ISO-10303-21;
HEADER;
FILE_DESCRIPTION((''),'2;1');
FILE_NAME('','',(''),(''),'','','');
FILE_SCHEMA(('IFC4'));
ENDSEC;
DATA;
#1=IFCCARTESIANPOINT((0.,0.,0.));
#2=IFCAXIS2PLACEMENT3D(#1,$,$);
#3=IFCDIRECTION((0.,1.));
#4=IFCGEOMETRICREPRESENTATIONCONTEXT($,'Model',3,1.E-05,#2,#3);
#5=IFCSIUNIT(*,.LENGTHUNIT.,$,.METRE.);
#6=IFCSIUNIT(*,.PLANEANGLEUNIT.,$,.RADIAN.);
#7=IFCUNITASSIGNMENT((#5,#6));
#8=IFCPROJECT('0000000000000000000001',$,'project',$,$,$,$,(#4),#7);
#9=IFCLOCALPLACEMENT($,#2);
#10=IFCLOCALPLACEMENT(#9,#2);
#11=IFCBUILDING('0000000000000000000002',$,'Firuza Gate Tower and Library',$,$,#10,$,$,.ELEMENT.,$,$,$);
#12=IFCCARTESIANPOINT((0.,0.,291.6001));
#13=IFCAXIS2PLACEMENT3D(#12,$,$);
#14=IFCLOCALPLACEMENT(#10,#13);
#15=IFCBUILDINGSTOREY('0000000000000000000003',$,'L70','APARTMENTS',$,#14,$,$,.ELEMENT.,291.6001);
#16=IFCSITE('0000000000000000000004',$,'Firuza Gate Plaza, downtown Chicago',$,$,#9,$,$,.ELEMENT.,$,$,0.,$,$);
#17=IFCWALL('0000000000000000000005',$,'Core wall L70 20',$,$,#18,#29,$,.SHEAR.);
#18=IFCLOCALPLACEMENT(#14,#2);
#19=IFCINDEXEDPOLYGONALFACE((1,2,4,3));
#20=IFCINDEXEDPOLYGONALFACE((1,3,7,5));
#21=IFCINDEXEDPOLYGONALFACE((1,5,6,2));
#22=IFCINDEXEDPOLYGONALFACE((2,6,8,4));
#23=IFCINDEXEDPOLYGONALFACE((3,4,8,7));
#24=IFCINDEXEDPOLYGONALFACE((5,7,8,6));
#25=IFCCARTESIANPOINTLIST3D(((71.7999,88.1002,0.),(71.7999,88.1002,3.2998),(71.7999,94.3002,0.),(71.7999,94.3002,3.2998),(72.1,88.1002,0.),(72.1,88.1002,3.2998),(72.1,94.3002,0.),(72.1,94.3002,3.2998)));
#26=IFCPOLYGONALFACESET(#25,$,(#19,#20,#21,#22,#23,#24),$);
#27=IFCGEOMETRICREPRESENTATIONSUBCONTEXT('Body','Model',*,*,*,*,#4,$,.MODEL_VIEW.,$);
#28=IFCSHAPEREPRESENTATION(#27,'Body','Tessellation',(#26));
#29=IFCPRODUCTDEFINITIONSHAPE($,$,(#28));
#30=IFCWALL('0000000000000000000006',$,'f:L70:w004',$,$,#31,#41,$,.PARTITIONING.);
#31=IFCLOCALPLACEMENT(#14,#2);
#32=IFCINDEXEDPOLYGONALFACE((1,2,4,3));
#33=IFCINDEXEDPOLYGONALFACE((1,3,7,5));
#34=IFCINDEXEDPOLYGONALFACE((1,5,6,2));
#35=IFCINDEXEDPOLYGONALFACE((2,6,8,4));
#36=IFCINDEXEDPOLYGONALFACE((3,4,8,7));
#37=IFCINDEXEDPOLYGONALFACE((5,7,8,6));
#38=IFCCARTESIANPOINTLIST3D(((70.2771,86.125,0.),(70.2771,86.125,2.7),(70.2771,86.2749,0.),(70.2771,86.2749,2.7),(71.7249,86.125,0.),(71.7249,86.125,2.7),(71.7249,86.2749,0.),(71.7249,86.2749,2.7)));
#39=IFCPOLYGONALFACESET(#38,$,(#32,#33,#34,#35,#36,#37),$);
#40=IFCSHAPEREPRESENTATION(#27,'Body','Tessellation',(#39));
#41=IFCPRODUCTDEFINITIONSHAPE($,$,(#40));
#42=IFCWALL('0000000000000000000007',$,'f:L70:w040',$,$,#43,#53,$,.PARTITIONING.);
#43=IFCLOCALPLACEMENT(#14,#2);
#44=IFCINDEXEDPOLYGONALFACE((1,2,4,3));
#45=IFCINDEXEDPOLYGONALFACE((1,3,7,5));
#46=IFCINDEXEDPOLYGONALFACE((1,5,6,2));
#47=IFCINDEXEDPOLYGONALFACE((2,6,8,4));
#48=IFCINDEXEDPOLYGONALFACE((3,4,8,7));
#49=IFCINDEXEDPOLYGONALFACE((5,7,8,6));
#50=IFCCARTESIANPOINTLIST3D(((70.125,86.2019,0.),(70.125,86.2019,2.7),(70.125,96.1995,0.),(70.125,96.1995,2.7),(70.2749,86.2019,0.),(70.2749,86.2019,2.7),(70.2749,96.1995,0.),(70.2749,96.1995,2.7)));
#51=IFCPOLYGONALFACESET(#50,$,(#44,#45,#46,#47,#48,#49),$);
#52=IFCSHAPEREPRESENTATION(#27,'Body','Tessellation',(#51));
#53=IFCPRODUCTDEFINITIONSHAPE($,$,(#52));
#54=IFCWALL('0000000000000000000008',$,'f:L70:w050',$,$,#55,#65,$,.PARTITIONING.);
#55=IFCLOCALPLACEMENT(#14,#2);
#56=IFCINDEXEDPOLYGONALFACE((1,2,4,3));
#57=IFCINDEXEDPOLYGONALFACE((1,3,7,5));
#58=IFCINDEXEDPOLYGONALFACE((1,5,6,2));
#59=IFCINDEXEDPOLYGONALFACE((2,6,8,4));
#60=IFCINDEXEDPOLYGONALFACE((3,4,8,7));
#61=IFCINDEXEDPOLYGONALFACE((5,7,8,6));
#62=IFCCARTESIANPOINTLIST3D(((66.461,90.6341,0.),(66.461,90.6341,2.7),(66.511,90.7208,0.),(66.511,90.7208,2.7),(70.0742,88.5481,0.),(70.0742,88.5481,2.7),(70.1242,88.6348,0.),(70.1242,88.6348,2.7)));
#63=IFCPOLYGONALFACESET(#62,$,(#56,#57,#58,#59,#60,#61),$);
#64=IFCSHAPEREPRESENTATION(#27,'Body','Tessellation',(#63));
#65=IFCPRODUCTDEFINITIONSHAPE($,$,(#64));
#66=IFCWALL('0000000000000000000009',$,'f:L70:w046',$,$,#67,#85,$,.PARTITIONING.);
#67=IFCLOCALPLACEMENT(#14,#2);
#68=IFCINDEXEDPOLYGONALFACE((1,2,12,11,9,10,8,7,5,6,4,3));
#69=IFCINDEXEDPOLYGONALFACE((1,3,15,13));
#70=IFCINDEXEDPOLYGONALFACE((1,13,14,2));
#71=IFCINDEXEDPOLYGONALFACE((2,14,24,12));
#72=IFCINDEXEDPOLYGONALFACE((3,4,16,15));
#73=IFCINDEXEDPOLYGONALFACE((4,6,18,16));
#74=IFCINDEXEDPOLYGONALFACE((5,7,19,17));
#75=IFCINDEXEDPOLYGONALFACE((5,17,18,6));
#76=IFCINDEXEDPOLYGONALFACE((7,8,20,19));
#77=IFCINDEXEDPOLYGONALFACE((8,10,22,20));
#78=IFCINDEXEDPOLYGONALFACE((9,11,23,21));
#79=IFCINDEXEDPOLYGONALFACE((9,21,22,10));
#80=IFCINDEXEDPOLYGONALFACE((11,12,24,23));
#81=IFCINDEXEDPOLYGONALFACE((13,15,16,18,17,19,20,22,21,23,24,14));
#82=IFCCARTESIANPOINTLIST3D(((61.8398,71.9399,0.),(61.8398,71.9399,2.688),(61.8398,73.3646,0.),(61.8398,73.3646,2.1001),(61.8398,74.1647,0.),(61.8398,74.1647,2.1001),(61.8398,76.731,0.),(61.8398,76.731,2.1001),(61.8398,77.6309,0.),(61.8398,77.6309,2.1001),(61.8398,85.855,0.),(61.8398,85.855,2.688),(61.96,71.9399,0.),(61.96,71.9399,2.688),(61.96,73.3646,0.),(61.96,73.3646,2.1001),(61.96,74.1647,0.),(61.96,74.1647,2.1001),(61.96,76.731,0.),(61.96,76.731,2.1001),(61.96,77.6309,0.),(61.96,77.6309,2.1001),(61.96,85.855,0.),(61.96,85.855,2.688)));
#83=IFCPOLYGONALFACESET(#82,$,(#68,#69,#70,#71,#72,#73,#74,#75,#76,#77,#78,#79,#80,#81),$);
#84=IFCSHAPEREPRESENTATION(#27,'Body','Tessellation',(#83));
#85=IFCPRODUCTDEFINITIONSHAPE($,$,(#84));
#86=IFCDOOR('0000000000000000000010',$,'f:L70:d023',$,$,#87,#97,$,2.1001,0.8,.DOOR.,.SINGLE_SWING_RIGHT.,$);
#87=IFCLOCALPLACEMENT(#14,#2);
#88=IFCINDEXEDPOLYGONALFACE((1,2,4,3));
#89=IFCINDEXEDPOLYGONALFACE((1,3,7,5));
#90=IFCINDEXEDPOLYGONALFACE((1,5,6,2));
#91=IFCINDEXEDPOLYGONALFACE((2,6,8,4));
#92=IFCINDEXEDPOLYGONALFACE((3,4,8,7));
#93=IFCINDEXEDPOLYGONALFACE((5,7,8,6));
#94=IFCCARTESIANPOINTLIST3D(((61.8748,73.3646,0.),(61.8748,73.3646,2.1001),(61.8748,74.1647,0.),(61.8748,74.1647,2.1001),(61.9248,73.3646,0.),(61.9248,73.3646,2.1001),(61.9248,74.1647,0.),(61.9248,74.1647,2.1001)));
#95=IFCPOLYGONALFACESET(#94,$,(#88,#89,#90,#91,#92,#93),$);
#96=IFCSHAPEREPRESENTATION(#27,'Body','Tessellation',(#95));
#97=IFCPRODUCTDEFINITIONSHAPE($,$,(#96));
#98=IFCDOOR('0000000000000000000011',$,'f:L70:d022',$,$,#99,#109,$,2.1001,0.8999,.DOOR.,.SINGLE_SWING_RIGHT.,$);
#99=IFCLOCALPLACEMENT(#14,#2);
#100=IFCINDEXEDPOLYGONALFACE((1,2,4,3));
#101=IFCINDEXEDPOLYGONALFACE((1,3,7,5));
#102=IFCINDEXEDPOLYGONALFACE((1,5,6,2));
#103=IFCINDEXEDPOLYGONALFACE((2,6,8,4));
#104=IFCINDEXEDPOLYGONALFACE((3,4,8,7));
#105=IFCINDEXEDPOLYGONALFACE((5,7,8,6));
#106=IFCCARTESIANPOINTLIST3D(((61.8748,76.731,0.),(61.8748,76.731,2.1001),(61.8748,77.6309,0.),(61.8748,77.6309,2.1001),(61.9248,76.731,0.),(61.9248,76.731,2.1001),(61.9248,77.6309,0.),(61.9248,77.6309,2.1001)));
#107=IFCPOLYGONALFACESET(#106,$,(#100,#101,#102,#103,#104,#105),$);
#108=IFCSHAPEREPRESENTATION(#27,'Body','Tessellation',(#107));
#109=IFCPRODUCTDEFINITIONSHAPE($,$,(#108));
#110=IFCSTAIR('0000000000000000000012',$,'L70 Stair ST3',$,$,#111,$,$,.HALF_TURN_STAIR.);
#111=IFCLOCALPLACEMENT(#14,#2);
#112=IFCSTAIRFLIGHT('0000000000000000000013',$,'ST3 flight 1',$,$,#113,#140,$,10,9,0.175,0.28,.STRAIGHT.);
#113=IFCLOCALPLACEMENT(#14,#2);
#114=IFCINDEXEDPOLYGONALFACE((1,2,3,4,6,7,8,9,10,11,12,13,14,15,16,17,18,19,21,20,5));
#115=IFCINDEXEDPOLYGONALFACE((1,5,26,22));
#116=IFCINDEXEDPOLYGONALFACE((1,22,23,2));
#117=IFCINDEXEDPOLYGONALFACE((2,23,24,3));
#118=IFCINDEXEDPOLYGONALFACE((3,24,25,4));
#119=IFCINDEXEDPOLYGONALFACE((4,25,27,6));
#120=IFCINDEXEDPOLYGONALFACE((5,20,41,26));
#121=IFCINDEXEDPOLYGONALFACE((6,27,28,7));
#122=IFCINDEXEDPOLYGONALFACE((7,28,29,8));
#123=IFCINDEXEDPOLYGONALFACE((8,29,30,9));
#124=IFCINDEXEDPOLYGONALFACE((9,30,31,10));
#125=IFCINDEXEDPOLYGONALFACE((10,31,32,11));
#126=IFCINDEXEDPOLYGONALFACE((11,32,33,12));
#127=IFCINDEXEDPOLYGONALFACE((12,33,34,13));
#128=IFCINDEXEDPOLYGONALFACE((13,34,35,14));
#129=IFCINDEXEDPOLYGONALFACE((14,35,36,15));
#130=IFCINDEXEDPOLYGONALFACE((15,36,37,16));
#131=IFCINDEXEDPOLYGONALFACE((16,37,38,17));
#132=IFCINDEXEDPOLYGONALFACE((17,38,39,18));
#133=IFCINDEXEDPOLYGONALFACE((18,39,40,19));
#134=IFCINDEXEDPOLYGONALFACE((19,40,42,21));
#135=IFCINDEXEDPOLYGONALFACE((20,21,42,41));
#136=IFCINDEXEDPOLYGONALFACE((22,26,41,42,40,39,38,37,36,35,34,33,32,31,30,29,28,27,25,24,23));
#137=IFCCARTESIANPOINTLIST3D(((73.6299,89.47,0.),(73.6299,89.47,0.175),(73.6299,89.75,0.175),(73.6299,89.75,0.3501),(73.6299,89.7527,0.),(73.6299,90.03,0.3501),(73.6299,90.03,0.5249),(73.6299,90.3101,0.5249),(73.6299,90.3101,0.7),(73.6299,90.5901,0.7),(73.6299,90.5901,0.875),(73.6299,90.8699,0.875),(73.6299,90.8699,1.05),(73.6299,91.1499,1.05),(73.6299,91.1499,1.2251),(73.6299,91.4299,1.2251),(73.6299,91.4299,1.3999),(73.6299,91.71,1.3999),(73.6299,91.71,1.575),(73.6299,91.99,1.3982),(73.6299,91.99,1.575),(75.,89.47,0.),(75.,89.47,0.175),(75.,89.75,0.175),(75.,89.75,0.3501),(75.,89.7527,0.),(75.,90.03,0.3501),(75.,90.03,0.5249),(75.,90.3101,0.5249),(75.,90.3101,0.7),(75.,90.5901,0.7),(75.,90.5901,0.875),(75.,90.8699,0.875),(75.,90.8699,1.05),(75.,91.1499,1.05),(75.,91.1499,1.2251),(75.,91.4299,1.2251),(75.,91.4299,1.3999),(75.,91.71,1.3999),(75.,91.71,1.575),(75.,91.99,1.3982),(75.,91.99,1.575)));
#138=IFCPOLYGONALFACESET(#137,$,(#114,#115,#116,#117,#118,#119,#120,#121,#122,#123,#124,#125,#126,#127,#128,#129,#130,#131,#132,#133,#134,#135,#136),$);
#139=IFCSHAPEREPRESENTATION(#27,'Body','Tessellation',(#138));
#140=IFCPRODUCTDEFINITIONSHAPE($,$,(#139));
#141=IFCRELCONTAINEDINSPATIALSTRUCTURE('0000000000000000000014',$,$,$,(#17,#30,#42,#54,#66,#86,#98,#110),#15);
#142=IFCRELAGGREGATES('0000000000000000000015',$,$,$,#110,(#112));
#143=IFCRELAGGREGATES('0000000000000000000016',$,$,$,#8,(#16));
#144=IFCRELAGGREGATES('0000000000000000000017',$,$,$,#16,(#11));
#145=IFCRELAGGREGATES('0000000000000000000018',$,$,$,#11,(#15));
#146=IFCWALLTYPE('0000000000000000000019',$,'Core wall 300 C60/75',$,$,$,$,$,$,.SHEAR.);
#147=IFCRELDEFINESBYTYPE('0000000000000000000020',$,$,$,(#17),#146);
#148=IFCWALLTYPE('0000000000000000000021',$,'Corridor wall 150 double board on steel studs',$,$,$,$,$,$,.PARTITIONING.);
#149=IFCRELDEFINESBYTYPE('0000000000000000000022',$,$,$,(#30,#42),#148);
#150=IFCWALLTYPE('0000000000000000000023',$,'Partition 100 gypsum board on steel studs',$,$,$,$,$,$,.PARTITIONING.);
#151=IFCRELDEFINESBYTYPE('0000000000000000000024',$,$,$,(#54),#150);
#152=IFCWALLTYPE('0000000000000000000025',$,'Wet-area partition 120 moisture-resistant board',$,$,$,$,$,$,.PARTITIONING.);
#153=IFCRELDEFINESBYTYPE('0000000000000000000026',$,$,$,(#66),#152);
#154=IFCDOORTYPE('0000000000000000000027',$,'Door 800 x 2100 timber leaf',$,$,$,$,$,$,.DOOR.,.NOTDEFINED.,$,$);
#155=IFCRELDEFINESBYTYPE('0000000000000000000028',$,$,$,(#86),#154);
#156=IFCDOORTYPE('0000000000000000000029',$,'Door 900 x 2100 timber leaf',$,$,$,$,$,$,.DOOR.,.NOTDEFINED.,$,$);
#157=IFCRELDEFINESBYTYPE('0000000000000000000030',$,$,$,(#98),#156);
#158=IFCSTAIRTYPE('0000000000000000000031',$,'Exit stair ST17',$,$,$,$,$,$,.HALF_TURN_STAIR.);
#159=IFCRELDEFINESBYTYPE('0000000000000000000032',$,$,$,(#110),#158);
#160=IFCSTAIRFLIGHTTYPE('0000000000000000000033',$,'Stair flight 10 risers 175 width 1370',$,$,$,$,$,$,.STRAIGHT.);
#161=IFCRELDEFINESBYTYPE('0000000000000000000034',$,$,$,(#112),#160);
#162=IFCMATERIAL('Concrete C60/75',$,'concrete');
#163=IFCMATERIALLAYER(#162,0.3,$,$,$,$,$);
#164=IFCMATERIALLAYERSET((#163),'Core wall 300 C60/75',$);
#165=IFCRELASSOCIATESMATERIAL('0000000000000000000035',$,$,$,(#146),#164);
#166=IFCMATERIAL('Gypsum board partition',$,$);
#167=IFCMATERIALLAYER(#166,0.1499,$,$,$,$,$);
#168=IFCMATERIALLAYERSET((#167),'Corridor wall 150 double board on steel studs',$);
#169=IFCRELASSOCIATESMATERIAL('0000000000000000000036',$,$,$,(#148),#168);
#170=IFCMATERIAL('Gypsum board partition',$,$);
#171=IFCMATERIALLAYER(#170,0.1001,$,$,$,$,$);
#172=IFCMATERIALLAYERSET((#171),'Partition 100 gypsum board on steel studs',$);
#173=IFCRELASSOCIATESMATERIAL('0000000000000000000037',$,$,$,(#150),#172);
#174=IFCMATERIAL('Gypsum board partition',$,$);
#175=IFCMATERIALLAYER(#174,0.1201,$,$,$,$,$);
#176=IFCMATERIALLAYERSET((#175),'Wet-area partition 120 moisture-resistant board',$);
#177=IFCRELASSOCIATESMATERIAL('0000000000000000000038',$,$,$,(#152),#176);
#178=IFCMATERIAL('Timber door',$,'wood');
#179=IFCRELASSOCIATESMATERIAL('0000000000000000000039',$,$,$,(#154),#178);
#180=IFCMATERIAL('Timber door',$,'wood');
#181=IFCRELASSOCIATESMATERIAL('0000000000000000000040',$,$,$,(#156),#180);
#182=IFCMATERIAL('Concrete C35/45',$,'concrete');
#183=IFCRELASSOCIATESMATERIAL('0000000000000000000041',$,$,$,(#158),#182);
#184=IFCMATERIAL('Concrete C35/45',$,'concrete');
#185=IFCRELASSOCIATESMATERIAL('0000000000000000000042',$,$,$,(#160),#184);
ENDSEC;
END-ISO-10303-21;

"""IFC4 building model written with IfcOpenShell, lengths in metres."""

from ifc_helpers import new_model, si_unit, direction, frame, frame_2d, origin, place, context, subcontext, project, spatial, polyline, rectangle, outline, extrude, material, layer, layer_set, type_object, element, fill, aggregate, save


model = new_model("IFC4")

# Units and contexts
model_context = context("Model", 3, precision=1e-05, world=origin(), true_north=direction((0.0, 1.0)))
body_context = subcontext(model_context, "Body", "Model", "MODEL_VIEW")
ifc_project = project(units=[si_unit("LENGTHUNIT", "METRE"), si_unit("PLANEANGLEUNIT", "RADIAN")], contexts=[model_context])

# Site, building, storey
site_placement = place(None, origin())
site = spatial("IfcSite", under=ifc_project, at=site_placement, Name="Firuza Gate Plaza, downtown Chicago", CompositionType="ELEMENT", RefElevation=0.0)
building_placement = place(site_placement, origin())
building = spatial("IfcBuilding", under=site, at=building_placement, Name="Firuza Gate Tower and Library", CompositionType="ELEMENT")
storey_placement = place(building_placement, frame((0.0, 0.0, 291.6001)))
storey = spatial("IfcBuildingStorey", under=building, at=storey_placement, Name="L70", Description="APARTMENTS", CompositionType="ELEMENT", Elevation=291.6001)

# Shared definitions
placement = place(storey_placement, origin())

# Shared definitions
ifc_material_1 = material(Name="Concrete C60/75", Category="concrete")
ifc_layer_1 = layer(ifc_material_1, 0.3)
ifc_layer_set_1 = layer_set([ifc_layer_1], Name="Core wall 300 C60/75")
wall_type_1 = type_object("IfcWallType", Name="Core wall 300 C60/75", PredefinedType="SHEAR", material=ifc_layer_set_1)

# Walls
wall_1_placement = place(storey_placement, frame((71.95, 88.1001, 0.0), z_axis=(0.0, 0.0, 1.0), x_axis=(0.0, 1.0, 0.0)))
element("IfcWall", 1, at=wall_1_placement, inside=storey, type_object=wall_type_1, Name="Core wall L70 20", PredefinedType="SHEAR", context=body_context, shape_type="SweptSolid", body=[
    extrude(rectangle(XDim=6.2, YDim=0.3, at=frame_2d((3.1001, 0.0))), origin(), (0.0, 0.0, 1.0), 3.2998),
])
ifc_material_2 = material(Name="Gypsum board partition")
ifc_layer_2 = layer(ifc_material_2, 0.1499)
ifc_layer_set_2 = layer_set([ifc_layer_2], Name="Corridor wall 150 double board on steel studs")
wall_type_2 = type_object("IfcWallType", Name="Corridor wall 150 double board on steel studs", PredefinedType="PARTITIONING", material=ifc_layer_set_2)
wall_2_placement = place(storey_placement, frame((70.2771, 86.2, 0.0), z_axis=(0.0, 0.0, 1.0), x_axis=(1.0, 0.0, 0.0)))
element("IfcWall", 2, at=wall_2_placement, inside=storey, type_object=wall_type_2, Name="f:L70:w004", PredefinedType="PARTITIONING", context=body_context, shape_type="SweptSolid", body=[
    extrude(rectangle(XDim=1.4478, YDim=0.1499, at=frame_2d((0.7239, 0.0))), origin(), (0.0, 0.0, 1.0), 2.7),
])
wall_3_placement = place(storey_placement, frame((70.2, 86.2019, 0.0), z_axis=(0.0, 0.0, 1.0), x_axis=(0.0, 1.0, 0.0)))
element("IfcWall", 3, at=wall_3_placement, inside=storey, type_object=wall_type_2, Name="f:L70:w040", PredefinedType="PARTITIONING", context=body_context, shape_type="SweptSolid", body=[
    extrude(rectangle(XDim=9.9976, YDim=0.1499, at=frame_2d((4.9988, 0.0))), origin(), (0.0, 0.0, 1.0), 2.7),
])
ifc_material_3 = material(Name="Gypsum board partition")
ifc_layer_3 = layer(ifc_material_3, 0.1001)
ifc_layer_set_3 = layer_set([ifc_layer_3], Name="Partition 100 gypsum board on steel studs")
wall_type_3 = type_object("IfcWallType", Name="Partition 100 gypsum board on steel studs", PredefinedType="PARTITIONING", material=ifc_layer_set_3)
wall_4_placement = place(storey_placement, frame((70.0991, 88.5916, 0.0), z_axis=(0.0, 0.0, 1.0), x_axis=(-0.866045, 0.499966, 0.0)))
element("IfcWall", 4, at=wall_4_placement, inside=storey, type_object=wall_type_3, Name="f:L70:w050", PredefinedType="PARTITIONING", context=body_context, shape_type="SweptSolid", body=[
    extrude(rectangle(XDim=4.1721, YDim=0.1001, at=frame_2d((2.0859, 0.0))), origin(), (0.0, 0.0, 1.0), 2.7),
])

# Wall, openings, doors
ifc_material_4 = material(Name="Gypsum board partition")
ifc_layer_4 = layer(ifc_material_4, 0.1201)
ifc_layer_set_4 = layer_set([ifc_layer_4], Name="Wet-area partition 120 moisture-resistant board")
wall_type_4 = type_object("IfcWallType", Name="Wet-area partition 120 moisture-resistant board", PredefinedType="PARTITIONING", material=ifc_layer_set_4)
wall_5_placement = place(storey_placement, frame((61.8999, 85.855, 0.0), z_axis=(0.0, 0.0, 1.0), x_axis=(0.0, -1.0, 0.0)))
wall_5 = element("IfcWall", 5, at=wall_5_placement, inside=storey, type_object=wall_type_4, Name="f:L70:w046", PredefinedType="PARTITIONING", context=body_context, shape_type="SweptSolid", body=[
    extrude(rectangle(XDim=13.915, YDim=0.1201, at=frame_2d((6.9575, 0.0))), origin(), (0.0, 0.0, 1.0), 2.688),
])
opening_1_placement = place(wall_5_placement, frame((8.2241, 0.0, 0.0)))
opening_1 = element("IfcOpeningElement", 6, at=opening_1_placement, cuts=wall_5, PredefinedType="OPENING", context=body_context, shape_type="SweptSolid", body=[
    extrude(rectangle(XDim=0.8999, YDim=2.1001, at=frame_2d((0.45, 1.05))), frame((0.0, 0.0701, 0.0), z_axis=(0.0, -1.0, 0.0), x_axis=(1.0, 0.0, 0.0)), (0.0, 0.0, 1.0), 0.1401),
])
opening_2_placement = place(wall_5_placement, frame((11.6904, 0.0, 0.0)))
opening_2 = element("IfcOpeningElement", 7, at=opening_2_placement, cuts=wall_5, PredefinedType="OPENING", context=body_context, shape_type="SweptSolid", body=[
    extrude(rectangle(XDim=0.8, YDim=2.1001, at=frame_2d((0.3999, 1.05))), frame((0.0, 0.0701, 0.0), z_axis=(0.0, -1.0, 0.0), x_axis=(1.0, 0.0, 0.0)), (0.0, 0.0, 1.0), 0.1401),
])
ifc_material_5 = material(Name="Timber door", Category="wood")
door_type_1 = type_object("IfcDoorType", Name="Door 800 x 2100 timber leaf", OperationType="NOTDEFINED", PredefinedType="DOOR", material=ifc_material_5)
door_1_placement = place(opening_2_placement, origin())
door_1 = element("IfcDoor", 8, at=door_1_placement, inside=storey, type_object=door_type_1, Name="f:L70:d023", OperationType="SINGLE_SWING_RIGHT", OverallHeight=2.1001, OverallWidth=0.8, PredefinedType="DOOR", context=body_context, shape_type="SweptSolid", body=[
    extrude(rectangle(XDim=0.8, YDim=2.1001, at=frame_2d((0.3999, 1.05))), frame((0.0, 0.0249, 0.0), z_axis=(0.0, -1.0, 0.0), x_axis=(1.0, 0.0, 0.0)), (0.0, 0.0, 1.0), 0.05),
])
fill(opening_2, door_1)
ifc_material_6 = material(Name="Timber door", Category="wood")
door_type_2 = type_object("IfcDoorType", Name="Door 900 x 2100 timber leaf", OperationType="NOTDEFINED", PredefinedType="DOOR", material=ifc_material_6)
door_2_placement = place(opening_1_placement, origin())
door_2 = element("IfcDoor", 9, at=door_2_placement, inside=storey, type_object=door_type_2, Name="f:L70:d022", OperationType="SINGLE_SWING_RIGHT", OverallHeight=2.1001, OverallWidth=0.8999, PredefinedType="DOOR", context=body_context, shape_type="SweptSolid", body=[
    extrude(rectangle(XDim=0.8999, YDim=2.1001, at=frame_2d((0.45, 1.05))), frame((0.0, 0.0249, 0.0), z_axis=(0.0, -1.0, 0.0), x_axis=(1.0, 0.0, 0.0)), (0.0, 0.0, 1.0), 0.05),
])
fill(opening_1, door_2)

# Stair, stair flight
ifc_material_7 = material(Name="Concrete C35/45", Category="concrete")
stair_type = type_object("IfcStairType", Name="Exit stair ST17", PredefinedType="HALF_TURN_STAIR", material=ifc_material_7)
stair = element("IfcStair", 10, at=placement, inside=storey, type_object=stair_type, Name="L70 Stair ST3", PredefinedType="HALF_TURN_STAIR")
ifc_material_8 = material(Name="Concrete C35/45", Category="concrete")
stair_flight_type = type_object("IfcStairFlightType", Name="Stair flight 10 risers 175 width 1370", PredefinedType="STRAIGHT", material=ifc_material_8)
stair_flight_placement = place(storey_placement, frame((74.3149, 89.47, 0.0), z_axis=(0.0, 0.0, 1.0), x_axis=(0.0, 1.0, 0.0)))
stair_flight = element("IfcStairFlight", 11, at=stair_flight_placement, type_object=stair_flight_type, Name="ST3 flight 1", NumberOfRisers=10, NumberOfTreads=9, PredefinedType="STRAIGHT", RiserHeight=0.175, TreadLength=0.28, context=body_context, shape_type="SweptSolid", body=[
    extrude(outline(polyline([(0.0, 0.0), (0.0, 0.175), (0.28, 0.175), (0.28, 0.3501), (0.5601, 0.3501), (0.5601, 0.5249), (0.8401, 0.5249), (0.8401, 0.7), (1.1201, 0.7), (1.1201, 0.875), (1.3999, 0.875), (1.3999, 1.05), (1.6799, 1.05), (1.6799, 1.2251), (1.96, 1.2251), (1.96, 1.3999), (2.24, 1.3999), (2.24, 1.575), (2.52, 1.575), (2.52, 1.75), (2.52, 1.3982), (0.2827, 0.0), (0.0, 0.0)])), frame((0.0, 0.6851, 0.0), z_axis=(0.0, -1.0, 0.0), x_axis=(1.0, 0.0, 0.0)), (0.0, 0.0, 1.0), 1.3701),
])
aggregate(stair, [stair_flight])

save(model, "model.ifc")
